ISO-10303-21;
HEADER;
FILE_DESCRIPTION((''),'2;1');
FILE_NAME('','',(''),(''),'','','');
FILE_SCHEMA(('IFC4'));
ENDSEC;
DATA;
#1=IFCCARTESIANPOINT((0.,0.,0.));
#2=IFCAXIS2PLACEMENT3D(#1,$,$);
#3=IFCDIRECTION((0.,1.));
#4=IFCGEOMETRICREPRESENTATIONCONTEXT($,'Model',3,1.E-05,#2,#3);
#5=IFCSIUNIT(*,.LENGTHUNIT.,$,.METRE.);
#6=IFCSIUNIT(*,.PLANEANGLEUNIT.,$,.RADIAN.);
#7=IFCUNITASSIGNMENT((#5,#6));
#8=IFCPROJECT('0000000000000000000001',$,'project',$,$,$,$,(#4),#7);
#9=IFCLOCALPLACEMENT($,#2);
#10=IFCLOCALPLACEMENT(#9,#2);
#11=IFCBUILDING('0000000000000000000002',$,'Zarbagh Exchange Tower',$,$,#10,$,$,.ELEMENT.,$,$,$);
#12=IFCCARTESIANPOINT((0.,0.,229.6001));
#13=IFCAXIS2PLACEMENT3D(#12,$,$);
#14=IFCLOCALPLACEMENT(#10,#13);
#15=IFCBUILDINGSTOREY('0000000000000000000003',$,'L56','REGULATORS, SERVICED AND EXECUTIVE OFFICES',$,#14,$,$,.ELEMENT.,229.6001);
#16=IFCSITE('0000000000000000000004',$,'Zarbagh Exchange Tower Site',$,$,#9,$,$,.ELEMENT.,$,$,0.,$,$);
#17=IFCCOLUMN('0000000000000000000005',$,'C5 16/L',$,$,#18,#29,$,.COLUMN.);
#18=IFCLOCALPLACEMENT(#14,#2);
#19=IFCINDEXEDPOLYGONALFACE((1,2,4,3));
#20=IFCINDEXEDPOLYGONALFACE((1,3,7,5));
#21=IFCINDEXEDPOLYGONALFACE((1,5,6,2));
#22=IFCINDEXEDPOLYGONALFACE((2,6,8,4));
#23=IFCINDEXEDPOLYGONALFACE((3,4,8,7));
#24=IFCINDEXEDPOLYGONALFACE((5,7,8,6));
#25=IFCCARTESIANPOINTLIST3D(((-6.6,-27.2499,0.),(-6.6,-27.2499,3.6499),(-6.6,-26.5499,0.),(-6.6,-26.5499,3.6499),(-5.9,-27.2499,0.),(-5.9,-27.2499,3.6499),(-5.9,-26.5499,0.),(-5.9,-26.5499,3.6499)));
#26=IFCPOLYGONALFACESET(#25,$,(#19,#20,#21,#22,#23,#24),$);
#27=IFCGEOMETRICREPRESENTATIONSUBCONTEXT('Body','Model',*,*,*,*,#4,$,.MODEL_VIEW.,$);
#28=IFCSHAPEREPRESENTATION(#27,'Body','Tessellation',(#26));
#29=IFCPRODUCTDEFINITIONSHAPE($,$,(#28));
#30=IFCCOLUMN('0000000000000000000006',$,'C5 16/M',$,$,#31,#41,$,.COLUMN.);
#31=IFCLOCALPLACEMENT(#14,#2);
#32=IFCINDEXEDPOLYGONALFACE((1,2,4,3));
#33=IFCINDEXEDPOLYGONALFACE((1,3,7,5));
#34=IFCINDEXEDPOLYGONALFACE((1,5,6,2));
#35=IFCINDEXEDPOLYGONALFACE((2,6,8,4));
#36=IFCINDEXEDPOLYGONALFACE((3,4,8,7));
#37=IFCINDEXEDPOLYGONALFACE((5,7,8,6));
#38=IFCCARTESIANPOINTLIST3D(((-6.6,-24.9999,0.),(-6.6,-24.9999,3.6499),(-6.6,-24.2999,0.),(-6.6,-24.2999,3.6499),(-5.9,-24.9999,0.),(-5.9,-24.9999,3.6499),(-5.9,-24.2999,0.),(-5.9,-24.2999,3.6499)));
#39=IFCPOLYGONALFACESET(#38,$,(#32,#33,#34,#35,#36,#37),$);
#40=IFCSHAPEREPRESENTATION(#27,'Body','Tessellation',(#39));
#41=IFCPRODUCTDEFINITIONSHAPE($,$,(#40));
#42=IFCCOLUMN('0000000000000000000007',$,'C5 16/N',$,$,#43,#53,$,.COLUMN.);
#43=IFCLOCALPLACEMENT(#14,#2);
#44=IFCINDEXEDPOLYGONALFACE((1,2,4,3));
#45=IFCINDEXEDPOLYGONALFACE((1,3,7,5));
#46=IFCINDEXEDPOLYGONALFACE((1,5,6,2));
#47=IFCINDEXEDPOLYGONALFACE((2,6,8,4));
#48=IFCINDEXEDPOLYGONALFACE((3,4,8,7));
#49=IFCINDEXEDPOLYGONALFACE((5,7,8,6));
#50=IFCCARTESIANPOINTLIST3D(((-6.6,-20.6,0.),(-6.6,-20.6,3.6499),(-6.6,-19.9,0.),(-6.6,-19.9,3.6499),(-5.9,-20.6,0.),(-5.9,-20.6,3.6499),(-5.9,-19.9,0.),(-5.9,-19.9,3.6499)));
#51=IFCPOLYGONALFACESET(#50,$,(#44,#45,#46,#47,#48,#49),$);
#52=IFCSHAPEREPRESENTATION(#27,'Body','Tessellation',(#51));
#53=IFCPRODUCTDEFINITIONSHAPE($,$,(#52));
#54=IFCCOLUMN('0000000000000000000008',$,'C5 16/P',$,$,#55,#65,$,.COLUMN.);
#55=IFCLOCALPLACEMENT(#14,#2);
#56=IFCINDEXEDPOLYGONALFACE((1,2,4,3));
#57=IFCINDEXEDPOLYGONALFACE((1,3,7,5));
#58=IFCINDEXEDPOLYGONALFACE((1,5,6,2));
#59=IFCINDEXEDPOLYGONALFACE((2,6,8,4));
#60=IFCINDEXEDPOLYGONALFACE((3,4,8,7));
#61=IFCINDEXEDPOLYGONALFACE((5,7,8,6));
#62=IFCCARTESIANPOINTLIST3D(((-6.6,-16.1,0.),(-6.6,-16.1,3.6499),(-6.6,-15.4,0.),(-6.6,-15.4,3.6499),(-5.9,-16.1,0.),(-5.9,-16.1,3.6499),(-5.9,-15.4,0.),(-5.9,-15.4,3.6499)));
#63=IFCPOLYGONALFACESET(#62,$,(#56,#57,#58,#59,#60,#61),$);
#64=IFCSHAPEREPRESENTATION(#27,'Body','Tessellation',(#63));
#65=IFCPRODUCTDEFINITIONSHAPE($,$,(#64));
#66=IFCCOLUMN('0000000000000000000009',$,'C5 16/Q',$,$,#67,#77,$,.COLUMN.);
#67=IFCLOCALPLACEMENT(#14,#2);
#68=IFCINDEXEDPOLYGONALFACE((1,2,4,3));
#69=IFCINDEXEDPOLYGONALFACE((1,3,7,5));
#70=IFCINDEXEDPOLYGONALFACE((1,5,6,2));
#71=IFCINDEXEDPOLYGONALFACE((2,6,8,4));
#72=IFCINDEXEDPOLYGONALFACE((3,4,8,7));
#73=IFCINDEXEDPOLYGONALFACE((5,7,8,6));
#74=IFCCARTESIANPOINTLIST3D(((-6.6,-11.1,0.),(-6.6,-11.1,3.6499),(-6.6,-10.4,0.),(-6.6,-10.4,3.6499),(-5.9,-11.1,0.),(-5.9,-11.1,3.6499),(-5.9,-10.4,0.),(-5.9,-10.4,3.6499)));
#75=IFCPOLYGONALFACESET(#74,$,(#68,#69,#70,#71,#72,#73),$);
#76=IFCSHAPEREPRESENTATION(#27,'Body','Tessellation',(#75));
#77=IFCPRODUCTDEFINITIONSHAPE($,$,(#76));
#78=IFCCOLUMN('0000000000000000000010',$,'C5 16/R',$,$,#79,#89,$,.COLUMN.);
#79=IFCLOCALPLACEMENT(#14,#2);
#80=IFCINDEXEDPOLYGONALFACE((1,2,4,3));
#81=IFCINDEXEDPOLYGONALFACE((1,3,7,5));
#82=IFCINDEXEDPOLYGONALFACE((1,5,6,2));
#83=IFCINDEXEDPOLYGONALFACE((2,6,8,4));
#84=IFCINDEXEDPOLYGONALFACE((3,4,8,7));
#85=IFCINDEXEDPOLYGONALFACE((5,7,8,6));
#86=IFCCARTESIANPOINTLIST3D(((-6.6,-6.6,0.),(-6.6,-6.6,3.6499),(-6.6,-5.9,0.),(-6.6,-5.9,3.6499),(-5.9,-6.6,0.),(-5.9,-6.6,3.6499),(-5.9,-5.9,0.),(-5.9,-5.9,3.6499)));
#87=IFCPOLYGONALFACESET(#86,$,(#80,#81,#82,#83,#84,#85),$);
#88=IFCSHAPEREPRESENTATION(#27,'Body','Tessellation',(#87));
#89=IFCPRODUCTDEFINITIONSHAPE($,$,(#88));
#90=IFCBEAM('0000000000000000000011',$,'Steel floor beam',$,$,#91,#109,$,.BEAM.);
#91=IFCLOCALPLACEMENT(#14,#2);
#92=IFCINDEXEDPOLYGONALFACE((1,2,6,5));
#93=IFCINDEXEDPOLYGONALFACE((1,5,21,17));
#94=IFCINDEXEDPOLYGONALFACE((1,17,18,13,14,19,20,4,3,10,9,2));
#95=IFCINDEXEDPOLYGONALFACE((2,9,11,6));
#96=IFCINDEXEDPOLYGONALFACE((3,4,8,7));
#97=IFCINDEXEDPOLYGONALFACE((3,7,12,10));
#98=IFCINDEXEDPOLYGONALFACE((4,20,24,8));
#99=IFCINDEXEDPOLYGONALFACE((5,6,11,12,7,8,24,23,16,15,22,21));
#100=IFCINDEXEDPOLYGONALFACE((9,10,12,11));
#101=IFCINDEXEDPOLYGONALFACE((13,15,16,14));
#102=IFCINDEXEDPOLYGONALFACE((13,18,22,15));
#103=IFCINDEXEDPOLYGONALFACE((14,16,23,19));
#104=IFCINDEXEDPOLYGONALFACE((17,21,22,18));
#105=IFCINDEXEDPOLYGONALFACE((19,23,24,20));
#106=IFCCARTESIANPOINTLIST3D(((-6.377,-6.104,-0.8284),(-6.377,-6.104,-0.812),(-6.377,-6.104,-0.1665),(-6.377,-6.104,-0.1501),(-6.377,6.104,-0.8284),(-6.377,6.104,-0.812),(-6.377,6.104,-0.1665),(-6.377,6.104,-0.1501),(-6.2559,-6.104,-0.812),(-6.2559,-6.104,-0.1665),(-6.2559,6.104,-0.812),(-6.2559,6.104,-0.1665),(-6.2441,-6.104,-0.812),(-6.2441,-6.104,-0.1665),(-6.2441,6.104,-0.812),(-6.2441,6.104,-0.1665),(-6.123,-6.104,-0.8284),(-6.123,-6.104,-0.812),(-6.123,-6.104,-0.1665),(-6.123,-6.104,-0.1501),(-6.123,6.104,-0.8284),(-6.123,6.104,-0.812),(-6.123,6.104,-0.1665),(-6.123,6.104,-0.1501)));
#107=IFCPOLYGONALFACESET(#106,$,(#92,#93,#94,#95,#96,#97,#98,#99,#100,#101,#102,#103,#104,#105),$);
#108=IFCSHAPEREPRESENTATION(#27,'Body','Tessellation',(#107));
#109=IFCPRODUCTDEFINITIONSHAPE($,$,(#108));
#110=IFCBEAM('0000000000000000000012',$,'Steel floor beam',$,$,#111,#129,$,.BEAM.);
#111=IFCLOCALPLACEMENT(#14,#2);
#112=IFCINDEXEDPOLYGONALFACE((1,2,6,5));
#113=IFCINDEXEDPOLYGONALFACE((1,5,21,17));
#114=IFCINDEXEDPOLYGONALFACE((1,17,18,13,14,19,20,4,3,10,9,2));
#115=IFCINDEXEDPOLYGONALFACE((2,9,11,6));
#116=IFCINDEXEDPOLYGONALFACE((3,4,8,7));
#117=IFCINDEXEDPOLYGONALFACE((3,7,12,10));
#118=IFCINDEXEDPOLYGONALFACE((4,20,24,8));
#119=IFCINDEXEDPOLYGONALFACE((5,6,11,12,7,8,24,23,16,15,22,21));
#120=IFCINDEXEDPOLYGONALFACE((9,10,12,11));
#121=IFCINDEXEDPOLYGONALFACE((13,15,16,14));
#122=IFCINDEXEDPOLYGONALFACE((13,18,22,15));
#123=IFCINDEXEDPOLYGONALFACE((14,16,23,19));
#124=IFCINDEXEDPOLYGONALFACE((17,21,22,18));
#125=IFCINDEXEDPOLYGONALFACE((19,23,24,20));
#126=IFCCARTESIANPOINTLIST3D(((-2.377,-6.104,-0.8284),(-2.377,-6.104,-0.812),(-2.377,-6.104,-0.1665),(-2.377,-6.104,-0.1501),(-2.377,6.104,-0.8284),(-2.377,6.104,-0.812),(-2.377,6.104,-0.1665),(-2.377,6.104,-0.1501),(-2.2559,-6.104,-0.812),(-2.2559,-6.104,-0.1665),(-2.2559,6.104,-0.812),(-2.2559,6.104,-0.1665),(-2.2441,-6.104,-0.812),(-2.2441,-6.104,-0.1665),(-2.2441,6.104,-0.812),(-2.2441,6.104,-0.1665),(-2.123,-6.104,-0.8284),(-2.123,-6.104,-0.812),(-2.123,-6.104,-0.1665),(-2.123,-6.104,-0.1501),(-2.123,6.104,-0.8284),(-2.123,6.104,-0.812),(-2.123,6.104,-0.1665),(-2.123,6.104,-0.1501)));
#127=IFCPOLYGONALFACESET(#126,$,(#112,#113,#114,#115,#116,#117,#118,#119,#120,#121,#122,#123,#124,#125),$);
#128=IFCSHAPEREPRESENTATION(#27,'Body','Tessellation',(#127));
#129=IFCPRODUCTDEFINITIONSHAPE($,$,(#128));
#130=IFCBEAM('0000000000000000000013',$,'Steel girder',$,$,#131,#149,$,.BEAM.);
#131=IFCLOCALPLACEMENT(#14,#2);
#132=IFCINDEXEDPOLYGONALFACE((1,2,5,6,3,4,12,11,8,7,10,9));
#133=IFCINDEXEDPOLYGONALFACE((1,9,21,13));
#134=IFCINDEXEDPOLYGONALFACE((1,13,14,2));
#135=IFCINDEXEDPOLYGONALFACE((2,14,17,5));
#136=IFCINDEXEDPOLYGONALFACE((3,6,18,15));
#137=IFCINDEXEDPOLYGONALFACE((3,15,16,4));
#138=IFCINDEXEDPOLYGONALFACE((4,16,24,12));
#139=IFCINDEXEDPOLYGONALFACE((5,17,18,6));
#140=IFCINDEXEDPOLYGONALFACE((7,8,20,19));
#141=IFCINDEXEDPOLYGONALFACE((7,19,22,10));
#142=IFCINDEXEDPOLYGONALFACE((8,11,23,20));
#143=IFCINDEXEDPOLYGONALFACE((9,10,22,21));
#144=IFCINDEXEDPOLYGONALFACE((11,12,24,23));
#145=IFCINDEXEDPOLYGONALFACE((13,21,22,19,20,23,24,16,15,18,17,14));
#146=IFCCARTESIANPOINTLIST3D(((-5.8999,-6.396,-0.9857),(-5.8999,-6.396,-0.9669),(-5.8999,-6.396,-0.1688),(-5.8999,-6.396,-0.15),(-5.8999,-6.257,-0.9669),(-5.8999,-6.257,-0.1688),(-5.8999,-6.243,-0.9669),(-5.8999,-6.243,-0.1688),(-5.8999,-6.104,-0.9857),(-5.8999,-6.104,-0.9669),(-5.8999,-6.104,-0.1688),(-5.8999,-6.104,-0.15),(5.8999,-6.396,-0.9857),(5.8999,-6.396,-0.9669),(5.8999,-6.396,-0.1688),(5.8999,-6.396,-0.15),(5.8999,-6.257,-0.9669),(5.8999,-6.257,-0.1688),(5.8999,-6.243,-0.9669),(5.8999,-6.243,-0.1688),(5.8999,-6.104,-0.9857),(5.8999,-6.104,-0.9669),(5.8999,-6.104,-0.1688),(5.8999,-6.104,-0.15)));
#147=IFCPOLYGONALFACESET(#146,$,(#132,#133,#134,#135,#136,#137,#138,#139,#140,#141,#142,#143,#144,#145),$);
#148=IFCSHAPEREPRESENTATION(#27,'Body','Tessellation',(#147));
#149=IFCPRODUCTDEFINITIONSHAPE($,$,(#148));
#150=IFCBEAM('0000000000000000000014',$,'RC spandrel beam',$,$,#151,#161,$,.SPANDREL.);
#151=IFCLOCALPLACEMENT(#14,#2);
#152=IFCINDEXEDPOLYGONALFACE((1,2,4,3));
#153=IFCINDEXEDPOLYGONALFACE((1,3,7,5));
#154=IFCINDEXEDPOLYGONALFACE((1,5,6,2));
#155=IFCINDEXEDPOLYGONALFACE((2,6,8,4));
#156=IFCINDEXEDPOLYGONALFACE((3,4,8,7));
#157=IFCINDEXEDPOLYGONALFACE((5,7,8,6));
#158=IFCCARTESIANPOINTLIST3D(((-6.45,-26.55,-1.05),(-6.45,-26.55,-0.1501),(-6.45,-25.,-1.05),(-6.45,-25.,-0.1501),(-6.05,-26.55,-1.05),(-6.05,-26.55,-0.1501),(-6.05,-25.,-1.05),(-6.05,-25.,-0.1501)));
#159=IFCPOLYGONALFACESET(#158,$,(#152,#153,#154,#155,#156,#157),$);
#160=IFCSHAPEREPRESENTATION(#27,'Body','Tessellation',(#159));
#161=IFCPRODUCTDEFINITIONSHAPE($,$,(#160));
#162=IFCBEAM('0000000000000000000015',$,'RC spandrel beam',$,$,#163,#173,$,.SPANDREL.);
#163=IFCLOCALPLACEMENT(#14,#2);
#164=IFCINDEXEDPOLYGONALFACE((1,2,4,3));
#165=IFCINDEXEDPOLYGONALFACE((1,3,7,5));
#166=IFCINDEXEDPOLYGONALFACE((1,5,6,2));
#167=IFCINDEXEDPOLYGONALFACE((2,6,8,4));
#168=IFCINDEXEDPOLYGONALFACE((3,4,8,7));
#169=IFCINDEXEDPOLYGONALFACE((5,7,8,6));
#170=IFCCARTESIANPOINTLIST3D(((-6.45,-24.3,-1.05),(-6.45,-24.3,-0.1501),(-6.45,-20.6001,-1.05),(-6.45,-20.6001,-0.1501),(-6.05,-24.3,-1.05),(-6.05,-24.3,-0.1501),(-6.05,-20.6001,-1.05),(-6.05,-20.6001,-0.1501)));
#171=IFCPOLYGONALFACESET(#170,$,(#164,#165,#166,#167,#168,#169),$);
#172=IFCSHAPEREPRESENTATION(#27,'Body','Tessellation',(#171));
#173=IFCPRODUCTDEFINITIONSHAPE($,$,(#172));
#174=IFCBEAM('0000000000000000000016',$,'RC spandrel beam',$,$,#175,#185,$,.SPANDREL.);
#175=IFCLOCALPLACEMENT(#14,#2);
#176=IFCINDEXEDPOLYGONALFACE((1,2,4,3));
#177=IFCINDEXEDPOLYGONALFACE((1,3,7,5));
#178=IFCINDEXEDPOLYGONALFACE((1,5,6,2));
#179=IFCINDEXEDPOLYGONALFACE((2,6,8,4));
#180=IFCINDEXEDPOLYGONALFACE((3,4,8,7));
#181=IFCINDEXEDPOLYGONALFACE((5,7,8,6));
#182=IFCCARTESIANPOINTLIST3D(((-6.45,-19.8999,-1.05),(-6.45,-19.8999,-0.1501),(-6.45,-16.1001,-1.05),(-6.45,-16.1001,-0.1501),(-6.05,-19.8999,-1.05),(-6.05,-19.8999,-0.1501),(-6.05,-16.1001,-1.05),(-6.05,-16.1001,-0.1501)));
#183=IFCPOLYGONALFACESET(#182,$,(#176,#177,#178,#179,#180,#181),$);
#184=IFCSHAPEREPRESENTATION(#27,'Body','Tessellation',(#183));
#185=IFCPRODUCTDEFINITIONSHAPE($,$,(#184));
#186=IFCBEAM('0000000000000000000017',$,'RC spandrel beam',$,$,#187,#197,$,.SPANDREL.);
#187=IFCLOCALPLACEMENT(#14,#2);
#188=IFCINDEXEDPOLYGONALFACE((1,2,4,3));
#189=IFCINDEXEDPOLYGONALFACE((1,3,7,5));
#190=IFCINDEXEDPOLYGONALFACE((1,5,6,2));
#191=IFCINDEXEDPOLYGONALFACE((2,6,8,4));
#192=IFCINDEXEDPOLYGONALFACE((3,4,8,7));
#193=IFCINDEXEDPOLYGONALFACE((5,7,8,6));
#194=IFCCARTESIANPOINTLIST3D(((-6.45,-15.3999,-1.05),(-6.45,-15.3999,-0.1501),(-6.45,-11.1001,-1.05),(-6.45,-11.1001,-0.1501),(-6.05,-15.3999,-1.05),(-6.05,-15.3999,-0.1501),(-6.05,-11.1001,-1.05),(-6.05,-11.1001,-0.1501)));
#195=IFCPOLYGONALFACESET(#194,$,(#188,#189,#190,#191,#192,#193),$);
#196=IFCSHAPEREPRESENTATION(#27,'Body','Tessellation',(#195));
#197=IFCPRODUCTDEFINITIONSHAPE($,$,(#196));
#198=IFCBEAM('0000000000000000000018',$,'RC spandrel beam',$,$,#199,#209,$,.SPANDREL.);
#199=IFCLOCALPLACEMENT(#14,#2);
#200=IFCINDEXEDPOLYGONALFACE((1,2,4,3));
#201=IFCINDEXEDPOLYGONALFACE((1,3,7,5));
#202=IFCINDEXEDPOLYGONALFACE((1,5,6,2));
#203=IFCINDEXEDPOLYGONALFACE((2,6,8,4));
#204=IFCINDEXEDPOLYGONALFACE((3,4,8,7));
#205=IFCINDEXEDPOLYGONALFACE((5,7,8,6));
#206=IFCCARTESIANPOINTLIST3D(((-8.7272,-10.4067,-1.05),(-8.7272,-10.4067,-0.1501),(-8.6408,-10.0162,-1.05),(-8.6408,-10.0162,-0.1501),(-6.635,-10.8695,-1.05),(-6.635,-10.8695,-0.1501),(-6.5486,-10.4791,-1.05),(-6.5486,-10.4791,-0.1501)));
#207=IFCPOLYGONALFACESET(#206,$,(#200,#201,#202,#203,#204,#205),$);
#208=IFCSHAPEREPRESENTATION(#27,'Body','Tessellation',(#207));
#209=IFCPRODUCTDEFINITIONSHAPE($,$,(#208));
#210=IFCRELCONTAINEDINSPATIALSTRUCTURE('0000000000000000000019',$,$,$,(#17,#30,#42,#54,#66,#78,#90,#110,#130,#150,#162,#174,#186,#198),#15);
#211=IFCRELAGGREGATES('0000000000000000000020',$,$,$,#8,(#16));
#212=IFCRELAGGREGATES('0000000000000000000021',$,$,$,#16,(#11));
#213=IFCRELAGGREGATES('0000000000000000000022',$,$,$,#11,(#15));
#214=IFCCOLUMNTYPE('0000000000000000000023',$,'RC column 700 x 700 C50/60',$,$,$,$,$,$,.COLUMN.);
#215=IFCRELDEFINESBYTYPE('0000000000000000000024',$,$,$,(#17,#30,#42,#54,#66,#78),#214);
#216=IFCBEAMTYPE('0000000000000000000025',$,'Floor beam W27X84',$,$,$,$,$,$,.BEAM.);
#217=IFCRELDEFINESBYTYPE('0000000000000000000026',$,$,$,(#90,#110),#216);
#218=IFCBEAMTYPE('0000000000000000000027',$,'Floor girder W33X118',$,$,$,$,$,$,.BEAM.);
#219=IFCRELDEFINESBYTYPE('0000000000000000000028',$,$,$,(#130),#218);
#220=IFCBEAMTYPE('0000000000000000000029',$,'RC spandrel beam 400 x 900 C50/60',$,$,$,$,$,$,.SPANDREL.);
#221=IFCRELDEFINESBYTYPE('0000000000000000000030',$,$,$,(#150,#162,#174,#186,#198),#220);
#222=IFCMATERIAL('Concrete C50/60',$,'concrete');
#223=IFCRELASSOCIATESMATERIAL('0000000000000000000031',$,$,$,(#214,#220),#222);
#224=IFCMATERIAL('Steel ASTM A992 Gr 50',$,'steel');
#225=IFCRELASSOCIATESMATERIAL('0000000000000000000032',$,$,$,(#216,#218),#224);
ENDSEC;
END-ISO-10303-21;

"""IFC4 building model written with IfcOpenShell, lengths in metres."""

from ifc_helpers import new_model, si_unit, direction, frame, origin, origin_2d, place, context, subcontext, project, spatial, rectangle, i_section, extrude, material, material_profile, profile_set, type_object, element, save


model = new_model("IFC4")

# Units and contexts
model_context = context("Model", 3, precision=1e-05, world=origin(), true_north=direction((0.0, 1.0)))
body_context = subcontext(model_context, "Body", "Model", "MODEL_VIEW")
ifc_project = project(units=[si_unit("LENGTHUNIT", "METRE"), si_unit("PLANEANGLEUNIT", "RADIAN")], contexts=[model_context])

# Site, building, storey
site_placement = place(None, origin())
site = spatial("IfcSite", under=ifc_project, at=site_placement, Name="Zarbagh Exchange Tower Site", CompositionType="ELEMENT", RefElevation=0.0)
building_placement = place(site_placement, origin())
building = spatial("IfcBuilding", under=site, at=building_placement, Name="Zarbagh Exchange Tower", CompositionType="ELEMENT")
storey_placement = place(building_placement, frame((0.0, 0.0, 229.6001)))
storey = spatial("IfcBuildingStorey", under=building, at=storey_placement, Name="L56", Description="REGULATORS, SERVICED AND EXECUTIVE OFFICES", CompositionType="ELEMENT", Elevation=229.6001)

# Columns
ifc_material_1 = material(Name="Concrete C50/60", Category="concrete")
ifc_material_profile_1 = material_profile(ifc_material_1, rectangle(XDim=0.7, YDim=0.7, at=origin_2d()), Name="RC column 700 x 700 C50/60")
ifc_profile_set_1 = profile_set([ifc_material_profile_1], Name="Concrete C50/60")
column_type = type_object("IfcColumnType", Name="RC column 700 x 700 C50/60", PredefinedType="COLUMN", material=ifc_profile_set_1)
for number, where, z_axis, x_axis, name in (
    (1, (-6.25, -26.8999, 0.0), (0.0, 0.0, 1.0), (1.0, 0.0, 0.0), "C5 16/L"),
    (2, (-6.25, -24.6499, 0.0), (0.0, 0.0, 1.0), (1.0, 0.0, 0.0), "C5 16/M"),
    (3, (-6.25, -20.25, 0.0), (0.0, 0.0, 1.0), (1.0, 0.0, 0.0), "C5 16/N"),
    (4, (-6.25, -15.75, 0.0), (0.0, 0.0, 1.0), (1.0, 0.0, 0.0), "C5 16/P"),
    (5, (-6.25, -10.75, 0.0), (0.0, 0.0, 1.0), (1.0, 0.0, 0.0), "C5 16/Q"),
    (6, (-6.25, -6.25, 0.0), (0.0, 0.0, 1.0), (1.0, 0.0, 0.0), "C5 16/R"),
):
    element("IfcColumn", number, at=place(storey_placement, frame(where, z_axis=z_axis, x_axis=x_axis)), inside=storey, type_object=column_type, Name=name, PredefinedType="COLUMN", context=body_context, shape_type="SweptSolid", body=[
        extrude(rectangle(XDim=0.7, YDim=0.7, at=origin_2d()), origin(), (0.0, 0.0, 1.0), 3.6499),
    ])

# Beams
ifc_material_2 = material(Name="Steel ASTM A992 Gr 50", Category="steel")
ifc_material_profile_2 = material_profile(ifc_material_2, i_section(OverallWidth=0.2539, OverallDepth=0.6782, WebThickness=0.0117, FlangeThickness=0.0164, at=origin_2d()), Name="W27X84")
ifc_profile_set_2 = profile_set([ifc_material_profile_2], Name="Steel ASTM A992 Gr 50")
beam_type_1 = type_object("IfcBeamType", Name="Floor beam W27X84", PredefinedType="BEAM", material=ifc_profile_set_2)
for number, where, z_axis, x_axis, name in (
    (7, (-6.25, -6.104, -0.4893), (0.0, 1.0, 0.0), (-1.0, 0.0, 0.0), "Steel floor beam"),
    (8, (-2.25, -6.104, -0.4893), (0.0, 1.0, 0.0), (-1.0, 0.0, 0.0), "Steel floor beam"),
):
    element("IfcBeam", number, at=place(storey_placement, frame(where, z_axis=z_axis, x_axis=x_axis)), inside=storey, type_object=beam_type_1, Name=name, PredefinedType="BEAM", context=body_context, shape_type="SweptSolid", body=[
        extrude(i_section(OverallWidth=0.2539, OverallDepth=0.6782, WebThickness=0.0117, FlangeThickness=0.0164, at=origin_2d()), origin(), (0.0, 0.0, 1.0), 12.208),
    ])
ifc_material_profile_3 = material_profile(ifc_material_2, i_section(OverallWidth=0.292, OverallDepth=0.8357, WebThickness=0.0139, FlangeThickness=0.0188, at=origin_2d()), Name="W33X118")
ifc_profile_set_3 = profile_set([ifc_material_profile_3], Name="Steel ASTM A992 Gr 50")
beam_type_2 = type_object("IfcBeamType", Name="Floor girder W33X118", PredefinedType="BEAM", material=ifc_profile_set_3)
beam_1_placement = place(storey_placement, frame((-5.8999, -6.25, -0.5679), z_axis=(1.0, 0.0, 0.0), x_axis=(0.0, 1.0, 0.0)))
element("IfcBeam", 9, at=beam_1_placement, inside=storey, type_object=beam_type_2, Name="Steel girder", PredefinedType="BEAM", context=body_context, shape_type="SweptSolid", body=[
    extrude(i_section(OverallWidth=0.292, OverallDepth=0.8357, WebThickness=0.0139, FlangeThickness=0.0188, at=origin_2d()), origin(), (0.0, 0.0, 1.0), 11.7998),
])
ifc_material_profile_4 = material_profile(ifc_material_1, rectangle(XDim=0.3999, YDim=0.8999, at=origin_2d()), Name="RC spandrel beam 400 x 900 C50/60")
ifc_profile_set_4 = profile_set([ifc_material_profile_4], Name="Concrete C50/60")
beam_type_3 = type_object("IfcBeamType", Name="RC spandrel beam 400 x 900 C50/60", PredefinedType="SPANDREL", material=ifc_profile_set_4)
beam_2_placement = place(storey_placement, frame((-6.25, -26.55, -0.6001), z_axis=(0.0, 1.0, 0.0), x_axis=(-1.0, 0.0, 0.0)))
element("IfcBeam", 10, at=beam_2_placement, inside=storey, type_object=beam_type_3, Name="RC spandrel beam", PredefinedType="SPANDREL", context=body_context, shape_type="SweptSolid", body=[
    extrude(rectangle(XDim=0.3999, YDim=0.8999, at=origin_2d()), origin(), (0.0, 0.0, 1.0), 1.55),
])
beam_3_placement = place(storey_placement, frame((-6.25, -24.3, -0.6001), z_axis=(0.0, 1.0, 0.0), x_axis=(-1.0, 0.0, 0.0)))
element("IfcBeam", 11, at=beam_3_placement, inside=storey, type_object=beam_type_3, Name="RC spandrel beam", PredefinedType="SPANDREL", context=body_context, shape_type="SweptSolid", body=[
    extrude(rectangle(XDim=0.3999, YDim=0.8999, at=origin_2d()), origin(), (0.0, 0.0, 1.0), 3.7),
])
beam_4_placement = place(storey_placement, frame((-6.25, -19.8999, -0.6001), z_axis=(0.0, 1.0, 0.0), x_axis=(-1.0, 0.0, 0.0)))
element("IfcBeam", 12, at=beam_4_placement, inside=storey, type_object=beam_type_3, Name="RC spandrel beam", PredefinedType="SPANDREL", context=body_context, shape_type="SweptSolid", body=[
    extrude(rectangle(XDim=0.3999, YDim=0.8999, at=origin_2d()), origin(), (0.0, 0.0, 1.0), 3.7998),
])
beam_5_placement = place(storey_placement, frame((-6.25, -15.3999, -0.6001), z_axis=(0.0, 1.0, 0.0), x_axis=(-1.0, 0.0, 0.0)))
element("IfcBeam", 13, at=beam_5_placement, inside=storey, type_object=beam_type_3, Name="RC spandrel beam", PredefinedType="SPANDREL", context=body_context, shape_type="SweptSolid", body=[
    extrude(rectangle(XDim=0.3999, YDim=0.8999, at=origin_2d()), origin(), (0.0, 0.0, 1.0), 4.2998),
])
beam_6_placement = place(storey_placement, frame((-6.5918, -10.6743, -0.6001), z_axis=(-0.97639, 0.216014, 0.0), x_axis=(-0.216014, -0.97639, 0.0)))
element("IfcBeam", 14, at=beam_6_placement, inside=storey, type_object=beam_type_3, Name="RC spandrel beam", PredefinedType="SPANDREL", context=body_context, shape_type="SweptSolid", body=[
    extrude(rectangle(XDim=0.3999, YDim=0.8999, at=origin_2d()), origin(), (0.0, 0.0, 1.0), 2.1428),
])

save(model, "model.ifc")
